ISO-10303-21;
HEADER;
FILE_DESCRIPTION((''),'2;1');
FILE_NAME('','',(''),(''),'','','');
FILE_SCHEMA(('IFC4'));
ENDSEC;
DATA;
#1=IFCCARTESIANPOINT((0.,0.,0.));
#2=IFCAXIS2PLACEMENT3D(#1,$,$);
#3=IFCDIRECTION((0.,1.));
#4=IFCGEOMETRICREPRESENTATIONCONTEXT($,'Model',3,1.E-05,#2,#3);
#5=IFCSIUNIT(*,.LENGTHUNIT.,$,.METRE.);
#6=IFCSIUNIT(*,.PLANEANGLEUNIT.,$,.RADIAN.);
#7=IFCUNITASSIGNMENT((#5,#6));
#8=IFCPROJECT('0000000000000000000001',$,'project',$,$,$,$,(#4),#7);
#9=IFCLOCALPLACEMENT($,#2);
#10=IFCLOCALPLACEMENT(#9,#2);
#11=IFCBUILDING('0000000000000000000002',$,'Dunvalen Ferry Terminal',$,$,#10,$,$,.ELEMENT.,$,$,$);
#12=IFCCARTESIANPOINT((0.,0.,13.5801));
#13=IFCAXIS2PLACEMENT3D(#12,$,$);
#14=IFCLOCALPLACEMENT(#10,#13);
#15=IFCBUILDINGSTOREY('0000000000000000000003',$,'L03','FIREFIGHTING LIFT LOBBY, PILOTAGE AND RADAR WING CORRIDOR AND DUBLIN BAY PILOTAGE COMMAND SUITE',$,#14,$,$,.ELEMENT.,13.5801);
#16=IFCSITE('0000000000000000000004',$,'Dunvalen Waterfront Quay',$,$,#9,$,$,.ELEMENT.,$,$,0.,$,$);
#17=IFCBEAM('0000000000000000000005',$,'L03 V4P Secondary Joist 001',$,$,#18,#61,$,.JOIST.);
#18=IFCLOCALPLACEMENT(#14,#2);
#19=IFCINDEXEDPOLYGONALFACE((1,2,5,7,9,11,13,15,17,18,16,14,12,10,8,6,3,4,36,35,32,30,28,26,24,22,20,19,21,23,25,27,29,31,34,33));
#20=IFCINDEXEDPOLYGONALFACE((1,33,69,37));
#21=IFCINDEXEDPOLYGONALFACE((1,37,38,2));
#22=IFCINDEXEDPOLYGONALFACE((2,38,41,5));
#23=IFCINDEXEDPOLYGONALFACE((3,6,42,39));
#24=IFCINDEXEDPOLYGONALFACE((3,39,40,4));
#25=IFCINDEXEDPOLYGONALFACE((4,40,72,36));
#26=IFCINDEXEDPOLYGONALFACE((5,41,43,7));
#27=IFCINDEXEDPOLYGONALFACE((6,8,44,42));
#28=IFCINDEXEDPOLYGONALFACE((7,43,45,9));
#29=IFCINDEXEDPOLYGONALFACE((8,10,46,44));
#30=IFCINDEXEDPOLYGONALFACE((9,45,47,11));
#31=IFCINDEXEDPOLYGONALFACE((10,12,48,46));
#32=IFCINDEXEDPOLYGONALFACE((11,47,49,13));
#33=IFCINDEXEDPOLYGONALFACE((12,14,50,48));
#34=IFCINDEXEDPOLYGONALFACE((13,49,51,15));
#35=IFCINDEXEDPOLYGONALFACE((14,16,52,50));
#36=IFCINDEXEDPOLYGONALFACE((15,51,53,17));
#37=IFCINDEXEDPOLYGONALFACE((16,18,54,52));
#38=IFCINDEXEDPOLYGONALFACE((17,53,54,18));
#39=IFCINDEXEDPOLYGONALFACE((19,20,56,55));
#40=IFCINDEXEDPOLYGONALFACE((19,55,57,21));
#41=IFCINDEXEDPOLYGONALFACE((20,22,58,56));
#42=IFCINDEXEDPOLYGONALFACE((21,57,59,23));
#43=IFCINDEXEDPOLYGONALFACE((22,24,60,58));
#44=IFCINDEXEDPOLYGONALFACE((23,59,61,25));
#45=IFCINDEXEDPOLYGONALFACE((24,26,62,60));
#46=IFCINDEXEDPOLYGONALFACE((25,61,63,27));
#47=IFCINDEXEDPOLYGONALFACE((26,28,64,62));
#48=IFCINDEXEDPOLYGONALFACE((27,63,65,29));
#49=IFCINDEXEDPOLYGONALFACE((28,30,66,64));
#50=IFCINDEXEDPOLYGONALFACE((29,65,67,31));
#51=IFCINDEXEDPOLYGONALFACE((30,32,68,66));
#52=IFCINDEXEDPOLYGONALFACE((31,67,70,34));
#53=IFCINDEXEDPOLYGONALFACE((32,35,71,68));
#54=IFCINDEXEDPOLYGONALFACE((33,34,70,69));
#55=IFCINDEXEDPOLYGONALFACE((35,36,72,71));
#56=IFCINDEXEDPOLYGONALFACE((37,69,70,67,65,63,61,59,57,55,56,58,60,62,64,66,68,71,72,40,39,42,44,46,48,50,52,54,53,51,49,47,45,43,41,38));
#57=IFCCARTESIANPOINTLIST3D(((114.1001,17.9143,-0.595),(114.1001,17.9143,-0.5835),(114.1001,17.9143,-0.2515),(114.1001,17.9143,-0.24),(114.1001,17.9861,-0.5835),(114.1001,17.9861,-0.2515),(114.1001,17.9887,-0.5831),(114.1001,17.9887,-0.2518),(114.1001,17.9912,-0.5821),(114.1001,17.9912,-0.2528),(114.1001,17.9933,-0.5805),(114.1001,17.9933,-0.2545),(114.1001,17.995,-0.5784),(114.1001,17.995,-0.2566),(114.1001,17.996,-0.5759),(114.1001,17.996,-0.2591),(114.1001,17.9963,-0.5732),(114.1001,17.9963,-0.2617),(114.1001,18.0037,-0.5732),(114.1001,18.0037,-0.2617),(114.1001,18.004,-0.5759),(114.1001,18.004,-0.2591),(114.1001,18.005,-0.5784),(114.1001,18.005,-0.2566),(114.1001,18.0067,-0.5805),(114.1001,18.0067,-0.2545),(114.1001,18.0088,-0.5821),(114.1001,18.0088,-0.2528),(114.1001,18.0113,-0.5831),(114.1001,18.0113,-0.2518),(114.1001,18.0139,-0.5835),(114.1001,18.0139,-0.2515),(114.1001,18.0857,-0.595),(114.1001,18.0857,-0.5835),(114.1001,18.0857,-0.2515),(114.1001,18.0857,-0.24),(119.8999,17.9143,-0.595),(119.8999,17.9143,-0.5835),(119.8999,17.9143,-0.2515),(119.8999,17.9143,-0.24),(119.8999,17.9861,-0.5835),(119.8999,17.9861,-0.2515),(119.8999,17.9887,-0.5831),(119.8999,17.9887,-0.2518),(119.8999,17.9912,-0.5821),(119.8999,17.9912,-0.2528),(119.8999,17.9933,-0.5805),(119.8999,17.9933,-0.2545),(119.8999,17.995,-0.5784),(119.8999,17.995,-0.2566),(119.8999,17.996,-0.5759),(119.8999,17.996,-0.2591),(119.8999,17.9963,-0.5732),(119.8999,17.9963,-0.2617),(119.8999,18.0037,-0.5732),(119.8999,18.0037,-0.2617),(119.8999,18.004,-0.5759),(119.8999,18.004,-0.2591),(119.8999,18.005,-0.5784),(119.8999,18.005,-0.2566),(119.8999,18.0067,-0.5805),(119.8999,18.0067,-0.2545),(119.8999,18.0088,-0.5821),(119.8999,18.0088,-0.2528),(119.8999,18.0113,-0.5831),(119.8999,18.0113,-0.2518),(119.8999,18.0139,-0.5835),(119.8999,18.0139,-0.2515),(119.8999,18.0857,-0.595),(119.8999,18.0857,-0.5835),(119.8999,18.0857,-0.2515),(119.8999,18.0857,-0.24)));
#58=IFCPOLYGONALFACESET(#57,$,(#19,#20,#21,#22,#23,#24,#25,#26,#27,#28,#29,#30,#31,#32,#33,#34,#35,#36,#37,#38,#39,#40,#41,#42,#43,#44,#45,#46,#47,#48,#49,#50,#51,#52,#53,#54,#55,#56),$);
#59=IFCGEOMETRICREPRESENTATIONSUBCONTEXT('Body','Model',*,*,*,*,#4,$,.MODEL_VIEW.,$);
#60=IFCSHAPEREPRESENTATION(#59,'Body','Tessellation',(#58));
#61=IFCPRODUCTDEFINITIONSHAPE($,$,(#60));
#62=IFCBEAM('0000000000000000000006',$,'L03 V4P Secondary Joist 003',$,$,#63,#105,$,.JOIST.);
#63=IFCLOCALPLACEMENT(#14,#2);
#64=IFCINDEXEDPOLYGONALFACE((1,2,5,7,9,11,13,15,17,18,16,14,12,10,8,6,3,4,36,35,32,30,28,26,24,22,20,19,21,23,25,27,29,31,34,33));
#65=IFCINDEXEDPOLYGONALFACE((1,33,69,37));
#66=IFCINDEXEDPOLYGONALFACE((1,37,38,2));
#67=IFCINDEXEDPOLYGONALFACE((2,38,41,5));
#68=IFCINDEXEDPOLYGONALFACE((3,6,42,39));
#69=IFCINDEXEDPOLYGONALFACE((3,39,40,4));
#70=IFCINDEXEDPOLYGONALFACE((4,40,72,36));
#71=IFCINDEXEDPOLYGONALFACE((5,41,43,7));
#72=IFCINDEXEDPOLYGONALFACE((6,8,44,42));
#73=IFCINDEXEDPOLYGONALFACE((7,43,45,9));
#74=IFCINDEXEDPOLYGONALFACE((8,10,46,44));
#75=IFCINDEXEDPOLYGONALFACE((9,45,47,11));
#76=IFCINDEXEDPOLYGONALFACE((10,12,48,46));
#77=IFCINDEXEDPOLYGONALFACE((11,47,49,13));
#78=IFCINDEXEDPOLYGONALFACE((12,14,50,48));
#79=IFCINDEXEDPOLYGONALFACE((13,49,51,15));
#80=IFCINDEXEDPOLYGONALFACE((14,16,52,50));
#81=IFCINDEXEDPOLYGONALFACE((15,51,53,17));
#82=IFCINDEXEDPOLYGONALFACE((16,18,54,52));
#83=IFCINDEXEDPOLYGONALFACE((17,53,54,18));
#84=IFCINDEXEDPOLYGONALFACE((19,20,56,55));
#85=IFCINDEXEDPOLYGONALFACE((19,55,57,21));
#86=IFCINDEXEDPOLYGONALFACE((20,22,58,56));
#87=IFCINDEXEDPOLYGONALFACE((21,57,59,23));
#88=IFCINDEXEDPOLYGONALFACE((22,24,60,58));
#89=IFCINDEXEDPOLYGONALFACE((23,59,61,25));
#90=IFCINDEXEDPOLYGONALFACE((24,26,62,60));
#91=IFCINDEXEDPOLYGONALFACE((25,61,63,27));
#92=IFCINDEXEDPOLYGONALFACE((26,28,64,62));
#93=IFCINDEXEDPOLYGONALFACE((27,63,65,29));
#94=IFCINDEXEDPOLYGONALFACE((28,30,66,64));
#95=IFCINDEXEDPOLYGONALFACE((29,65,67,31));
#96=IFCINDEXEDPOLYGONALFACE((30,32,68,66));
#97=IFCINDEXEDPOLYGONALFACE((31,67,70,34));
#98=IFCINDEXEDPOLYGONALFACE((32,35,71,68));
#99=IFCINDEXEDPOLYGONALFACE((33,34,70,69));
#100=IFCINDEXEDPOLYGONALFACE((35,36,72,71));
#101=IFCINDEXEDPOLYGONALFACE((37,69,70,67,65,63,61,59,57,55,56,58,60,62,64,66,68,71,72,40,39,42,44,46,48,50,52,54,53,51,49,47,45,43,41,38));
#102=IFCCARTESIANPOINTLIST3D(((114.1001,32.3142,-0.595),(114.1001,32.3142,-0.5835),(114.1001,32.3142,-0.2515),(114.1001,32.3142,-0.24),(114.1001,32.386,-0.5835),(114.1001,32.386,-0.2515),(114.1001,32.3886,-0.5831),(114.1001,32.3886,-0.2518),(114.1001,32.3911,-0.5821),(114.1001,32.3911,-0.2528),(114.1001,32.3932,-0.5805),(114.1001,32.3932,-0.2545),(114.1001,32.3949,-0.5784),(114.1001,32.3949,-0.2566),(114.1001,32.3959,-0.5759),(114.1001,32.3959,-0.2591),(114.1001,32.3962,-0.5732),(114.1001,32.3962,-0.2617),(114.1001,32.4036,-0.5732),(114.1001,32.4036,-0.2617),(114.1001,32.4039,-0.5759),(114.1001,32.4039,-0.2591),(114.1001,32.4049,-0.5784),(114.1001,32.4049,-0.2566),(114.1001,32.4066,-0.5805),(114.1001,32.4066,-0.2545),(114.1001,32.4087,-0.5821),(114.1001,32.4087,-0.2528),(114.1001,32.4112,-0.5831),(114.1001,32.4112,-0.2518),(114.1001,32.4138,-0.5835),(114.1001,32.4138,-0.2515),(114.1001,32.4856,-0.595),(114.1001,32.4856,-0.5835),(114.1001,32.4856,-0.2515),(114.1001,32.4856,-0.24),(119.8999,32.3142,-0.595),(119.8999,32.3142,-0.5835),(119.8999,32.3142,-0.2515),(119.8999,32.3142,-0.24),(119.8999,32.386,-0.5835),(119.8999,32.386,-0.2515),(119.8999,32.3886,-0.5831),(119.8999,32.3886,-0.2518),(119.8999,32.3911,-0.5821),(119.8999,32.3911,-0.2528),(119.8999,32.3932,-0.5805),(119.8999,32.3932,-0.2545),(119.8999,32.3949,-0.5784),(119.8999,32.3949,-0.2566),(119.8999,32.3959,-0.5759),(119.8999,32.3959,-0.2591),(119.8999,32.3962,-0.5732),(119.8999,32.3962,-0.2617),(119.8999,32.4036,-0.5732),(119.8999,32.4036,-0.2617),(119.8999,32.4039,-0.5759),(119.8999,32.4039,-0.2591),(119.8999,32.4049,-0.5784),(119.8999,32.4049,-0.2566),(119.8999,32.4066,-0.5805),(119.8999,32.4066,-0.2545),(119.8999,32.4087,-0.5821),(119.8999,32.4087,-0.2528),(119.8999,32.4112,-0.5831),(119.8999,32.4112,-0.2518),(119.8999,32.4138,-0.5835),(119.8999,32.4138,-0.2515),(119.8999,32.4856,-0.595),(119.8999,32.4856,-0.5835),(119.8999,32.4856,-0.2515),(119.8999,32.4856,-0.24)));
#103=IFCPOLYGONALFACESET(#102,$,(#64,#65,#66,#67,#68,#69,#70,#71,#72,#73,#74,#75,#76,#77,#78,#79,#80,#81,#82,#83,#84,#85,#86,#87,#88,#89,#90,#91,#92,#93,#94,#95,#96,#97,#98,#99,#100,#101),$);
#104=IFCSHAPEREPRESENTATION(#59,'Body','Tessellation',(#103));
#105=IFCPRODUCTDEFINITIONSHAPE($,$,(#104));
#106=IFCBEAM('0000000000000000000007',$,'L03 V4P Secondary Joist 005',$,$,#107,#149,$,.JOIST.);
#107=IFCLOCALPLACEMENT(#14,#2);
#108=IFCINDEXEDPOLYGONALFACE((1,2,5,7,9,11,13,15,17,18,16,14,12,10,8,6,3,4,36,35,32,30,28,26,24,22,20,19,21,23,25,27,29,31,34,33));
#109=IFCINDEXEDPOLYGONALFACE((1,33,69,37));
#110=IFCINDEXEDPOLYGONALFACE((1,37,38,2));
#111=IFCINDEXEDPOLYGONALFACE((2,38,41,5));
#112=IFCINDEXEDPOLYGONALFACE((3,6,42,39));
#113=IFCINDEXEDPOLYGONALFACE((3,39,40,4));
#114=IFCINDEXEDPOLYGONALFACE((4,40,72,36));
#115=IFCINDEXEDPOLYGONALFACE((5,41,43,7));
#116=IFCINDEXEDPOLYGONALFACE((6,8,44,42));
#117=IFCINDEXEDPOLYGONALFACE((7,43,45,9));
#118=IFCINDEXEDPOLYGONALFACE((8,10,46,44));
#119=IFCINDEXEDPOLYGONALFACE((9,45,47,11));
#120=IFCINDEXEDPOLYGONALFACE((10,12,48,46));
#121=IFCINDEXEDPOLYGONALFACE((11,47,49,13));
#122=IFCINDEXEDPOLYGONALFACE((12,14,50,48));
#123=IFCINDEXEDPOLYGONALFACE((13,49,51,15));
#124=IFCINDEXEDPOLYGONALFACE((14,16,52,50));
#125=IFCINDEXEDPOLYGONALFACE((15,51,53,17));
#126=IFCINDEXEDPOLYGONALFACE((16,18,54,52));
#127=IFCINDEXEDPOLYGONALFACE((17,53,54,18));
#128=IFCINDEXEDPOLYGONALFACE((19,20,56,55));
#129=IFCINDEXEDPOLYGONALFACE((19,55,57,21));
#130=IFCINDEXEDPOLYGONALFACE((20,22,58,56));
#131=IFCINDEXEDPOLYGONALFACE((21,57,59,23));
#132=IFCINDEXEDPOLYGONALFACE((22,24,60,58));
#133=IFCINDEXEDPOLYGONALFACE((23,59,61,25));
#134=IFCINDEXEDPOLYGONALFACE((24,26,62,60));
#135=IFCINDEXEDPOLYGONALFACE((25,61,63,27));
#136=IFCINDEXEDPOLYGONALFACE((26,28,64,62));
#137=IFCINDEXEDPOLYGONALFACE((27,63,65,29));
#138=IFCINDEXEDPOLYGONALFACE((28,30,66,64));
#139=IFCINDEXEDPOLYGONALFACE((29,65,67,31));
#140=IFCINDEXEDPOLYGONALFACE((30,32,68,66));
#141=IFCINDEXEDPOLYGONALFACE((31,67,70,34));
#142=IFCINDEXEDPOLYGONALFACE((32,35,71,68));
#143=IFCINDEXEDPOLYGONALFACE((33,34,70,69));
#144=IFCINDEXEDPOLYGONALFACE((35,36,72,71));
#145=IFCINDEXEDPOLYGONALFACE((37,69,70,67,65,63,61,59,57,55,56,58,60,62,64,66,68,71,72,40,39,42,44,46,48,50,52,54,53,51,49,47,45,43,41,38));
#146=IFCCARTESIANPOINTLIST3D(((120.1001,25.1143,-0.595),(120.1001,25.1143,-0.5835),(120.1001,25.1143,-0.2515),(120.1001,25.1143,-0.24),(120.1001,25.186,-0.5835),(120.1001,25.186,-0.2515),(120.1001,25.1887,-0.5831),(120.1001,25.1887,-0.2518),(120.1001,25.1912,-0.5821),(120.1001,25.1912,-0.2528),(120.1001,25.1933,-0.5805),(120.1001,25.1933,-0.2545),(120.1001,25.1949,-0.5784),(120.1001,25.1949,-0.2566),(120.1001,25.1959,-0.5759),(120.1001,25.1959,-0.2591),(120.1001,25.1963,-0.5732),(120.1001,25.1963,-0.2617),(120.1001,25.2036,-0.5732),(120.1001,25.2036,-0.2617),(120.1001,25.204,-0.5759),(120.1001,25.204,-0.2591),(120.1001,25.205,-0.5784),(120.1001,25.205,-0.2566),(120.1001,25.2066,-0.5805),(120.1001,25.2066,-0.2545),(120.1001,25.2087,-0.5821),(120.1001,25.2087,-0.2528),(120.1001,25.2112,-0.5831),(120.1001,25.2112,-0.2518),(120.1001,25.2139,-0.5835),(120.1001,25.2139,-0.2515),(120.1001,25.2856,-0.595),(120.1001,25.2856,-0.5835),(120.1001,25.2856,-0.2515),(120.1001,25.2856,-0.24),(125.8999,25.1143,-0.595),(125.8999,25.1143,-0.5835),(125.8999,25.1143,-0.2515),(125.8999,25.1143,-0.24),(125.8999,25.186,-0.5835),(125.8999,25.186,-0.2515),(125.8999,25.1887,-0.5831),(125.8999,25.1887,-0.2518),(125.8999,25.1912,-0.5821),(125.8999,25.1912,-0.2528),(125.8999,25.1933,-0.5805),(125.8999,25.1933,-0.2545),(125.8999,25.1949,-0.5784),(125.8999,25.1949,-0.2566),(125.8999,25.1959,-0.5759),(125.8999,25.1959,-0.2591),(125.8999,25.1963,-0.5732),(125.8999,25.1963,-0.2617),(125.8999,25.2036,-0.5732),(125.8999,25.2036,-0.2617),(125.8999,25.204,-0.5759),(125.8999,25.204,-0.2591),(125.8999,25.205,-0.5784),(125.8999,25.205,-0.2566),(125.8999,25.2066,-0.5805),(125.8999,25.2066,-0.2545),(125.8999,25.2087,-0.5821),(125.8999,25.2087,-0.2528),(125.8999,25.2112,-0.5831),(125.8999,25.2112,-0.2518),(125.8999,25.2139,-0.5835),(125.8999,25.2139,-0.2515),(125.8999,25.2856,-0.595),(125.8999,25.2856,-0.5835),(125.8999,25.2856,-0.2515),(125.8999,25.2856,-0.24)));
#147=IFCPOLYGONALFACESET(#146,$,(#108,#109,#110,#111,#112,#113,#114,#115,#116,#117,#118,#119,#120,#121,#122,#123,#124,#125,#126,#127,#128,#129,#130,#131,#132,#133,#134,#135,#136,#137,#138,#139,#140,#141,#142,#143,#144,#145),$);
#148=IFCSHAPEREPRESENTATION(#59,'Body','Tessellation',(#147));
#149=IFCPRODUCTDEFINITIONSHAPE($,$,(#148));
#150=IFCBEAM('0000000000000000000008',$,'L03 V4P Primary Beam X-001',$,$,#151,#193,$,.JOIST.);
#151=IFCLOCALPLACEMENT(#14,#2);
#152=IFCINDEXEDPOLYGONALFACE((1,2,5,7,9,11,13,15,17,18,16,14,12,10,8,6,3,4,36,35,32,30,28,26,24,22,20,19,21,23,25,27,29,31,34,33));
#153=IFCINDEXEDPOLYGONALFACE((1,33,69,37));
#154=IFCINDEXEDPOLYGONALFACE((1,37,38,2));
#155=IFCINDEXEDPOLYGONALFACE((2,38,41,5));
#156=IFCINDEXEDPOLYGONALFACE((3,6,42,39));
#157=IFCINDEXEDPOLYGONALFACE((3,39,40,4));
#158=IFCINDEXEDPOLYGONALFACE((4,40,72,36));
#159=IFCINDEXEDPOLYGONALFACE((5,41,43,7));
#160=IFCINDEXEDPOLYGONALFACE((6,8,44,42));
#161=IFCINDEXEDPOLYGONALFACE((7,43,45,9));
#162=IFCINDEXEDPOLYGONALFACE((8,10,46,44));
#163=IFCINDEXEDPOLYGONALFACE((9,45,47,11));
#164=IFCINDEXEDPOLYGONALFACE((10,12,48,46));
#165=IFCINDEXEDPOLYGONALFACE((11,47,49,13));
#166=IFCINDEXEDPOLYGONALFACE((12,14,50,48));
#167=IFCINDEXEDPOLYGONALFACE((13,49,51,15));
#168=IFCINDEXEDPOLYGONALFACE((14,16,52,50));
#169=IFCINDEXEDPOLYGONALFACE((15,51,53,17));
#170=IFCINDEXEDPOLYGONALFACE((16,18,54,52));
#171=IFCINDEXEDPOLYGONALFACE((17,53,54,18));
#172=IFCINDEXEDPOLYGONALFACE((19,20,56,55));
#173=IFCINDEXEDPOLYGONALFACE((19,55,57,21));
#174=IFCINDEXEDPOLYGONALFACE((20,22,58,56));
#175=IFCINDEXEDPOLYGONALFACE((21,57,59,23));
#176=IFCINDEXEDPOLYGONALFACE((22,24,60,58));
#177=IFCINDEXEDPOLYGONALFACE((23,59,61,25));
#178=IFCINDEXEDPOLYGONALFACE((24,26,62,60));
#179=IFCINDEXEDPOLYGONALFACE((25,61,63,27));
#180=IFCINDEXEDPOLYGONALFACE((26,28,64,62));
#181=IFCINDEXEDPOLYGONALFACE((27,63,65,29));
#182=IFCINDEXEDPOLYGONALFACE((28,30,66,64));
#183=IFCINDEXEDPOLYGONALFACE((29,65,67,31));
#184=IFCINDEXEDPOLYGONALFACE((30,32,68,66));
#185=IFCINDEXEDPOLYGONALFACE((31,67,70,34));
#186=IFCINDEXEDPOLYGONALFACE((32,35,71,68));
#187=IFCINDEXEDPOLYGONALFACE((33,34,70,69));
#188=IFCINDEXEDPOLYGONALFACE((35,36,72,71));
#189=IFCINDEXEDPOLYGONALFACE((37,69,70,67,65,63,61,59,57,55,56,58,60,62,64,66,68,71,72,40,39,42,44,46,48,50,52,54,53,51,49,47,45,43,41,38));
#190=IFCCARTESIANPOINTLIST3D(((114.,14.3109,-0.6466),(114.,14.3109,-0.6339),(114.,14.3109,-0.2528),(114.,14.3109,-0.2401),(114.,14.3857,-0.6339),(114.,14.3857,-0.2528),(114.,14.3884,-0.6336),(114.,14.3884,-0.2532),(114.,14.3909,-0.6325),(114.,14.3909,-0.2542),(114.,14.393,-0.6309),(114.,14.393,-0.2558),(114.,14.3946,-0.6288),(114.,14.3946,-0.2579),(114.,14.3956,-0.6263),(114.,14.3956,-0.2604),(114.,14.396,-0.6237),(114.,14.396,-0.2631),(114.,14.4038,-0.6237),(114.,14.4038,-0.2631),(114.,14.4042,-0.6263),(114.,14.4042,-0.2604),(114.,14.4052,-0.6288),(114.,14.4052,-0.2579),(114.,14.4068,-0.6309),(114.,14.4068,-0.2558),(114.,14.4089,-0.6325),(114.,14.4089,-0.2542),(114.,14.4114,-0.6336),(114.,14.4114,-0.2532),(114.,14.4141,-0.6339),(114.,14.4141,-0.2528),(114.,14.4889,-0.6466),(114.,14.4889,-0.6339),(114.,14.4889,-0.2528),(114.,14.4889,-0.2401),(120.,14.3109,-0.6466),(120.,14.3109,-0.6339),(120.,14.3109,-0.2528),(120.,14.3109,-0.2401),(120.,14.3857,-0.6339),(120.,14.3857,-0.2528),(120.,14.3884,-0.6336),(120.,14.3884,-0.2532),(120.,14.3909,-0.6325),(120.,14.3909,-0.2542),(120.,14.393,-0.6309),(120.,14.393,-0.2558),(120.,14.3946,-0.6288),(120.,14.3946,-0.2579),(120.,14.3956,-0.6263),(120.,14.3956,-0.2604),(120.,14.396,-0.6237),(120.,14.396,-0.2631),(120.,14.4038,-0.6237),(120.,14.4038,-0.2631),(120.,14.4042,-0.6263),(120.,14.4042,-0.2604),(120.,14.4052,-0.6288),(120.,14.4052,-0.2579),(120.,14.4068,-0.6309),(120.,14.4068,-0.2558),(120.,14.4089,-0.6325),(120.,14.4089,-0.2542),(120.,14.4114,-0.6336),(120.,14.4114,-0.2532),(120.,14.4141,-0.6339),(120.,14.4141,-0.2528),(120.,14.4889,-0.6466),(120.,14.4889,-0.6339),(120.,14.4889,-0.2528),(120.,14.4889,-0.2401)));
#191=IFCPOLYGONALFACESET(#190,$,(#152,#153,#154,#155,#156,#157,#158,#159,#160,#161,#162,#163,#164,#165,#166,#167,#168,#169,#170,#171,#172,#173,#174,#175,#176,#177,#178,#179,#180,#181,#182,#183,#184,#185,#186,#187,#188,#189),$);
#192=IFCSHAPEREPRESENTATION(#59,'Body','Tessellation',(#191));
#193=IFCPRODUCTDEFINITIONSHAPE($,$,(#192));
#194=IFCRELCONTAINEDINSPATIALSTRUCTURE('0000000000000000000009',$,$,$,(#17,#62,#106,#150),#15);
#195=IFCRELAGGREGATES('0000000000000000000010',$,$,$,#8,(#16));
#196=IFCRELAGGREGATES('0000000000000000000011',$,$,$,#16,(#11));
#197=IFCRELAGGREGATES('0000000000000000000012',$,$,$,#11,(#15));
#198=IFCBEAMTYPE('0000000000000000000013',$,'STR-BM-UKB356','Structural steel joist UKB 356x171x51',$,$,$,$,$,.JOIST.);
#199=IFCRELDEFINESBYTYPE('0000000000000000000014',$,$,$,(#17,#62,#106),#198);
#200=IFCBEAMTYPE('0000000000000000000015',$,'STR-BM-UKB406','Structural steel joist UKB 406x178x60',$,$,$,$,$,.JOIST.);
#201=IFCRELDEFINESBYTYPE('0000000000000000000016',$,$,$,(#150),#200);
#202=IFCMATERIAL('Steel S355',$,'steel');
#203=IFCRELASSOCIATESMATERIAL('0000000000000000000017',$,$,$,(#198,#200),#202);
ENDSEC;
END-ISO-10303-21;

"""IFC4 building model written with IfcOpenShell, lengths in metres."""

from ifc_helpers import new_model, si_unit, direction, frame, origin, origin_2d, place, context, subcontext, project, spatial, i_section, extrude, material, material_profile, profile_set, type_object, element, save


model = new_model("IFC4")

# Units and contexts
model_context = context("Model", 3, precision=1e-05, world=origin(), true_north=direction((0.0, 1.0)))
body_context = subcontext(model_context, "Body", "Model", "MODEL_VIEW")
ifc_project = project(units=[si_unit("LENGTHUNIT", "METRE"), si_unit("PLANEANGLEUNIT", "RADIAN")], contexts=[model_context])

# Site, building, storey
site_placement = place(None, origin())
site = spatial("IfcSite", under=ifc_project, at=site_placement, Name="Dunvalen Waterfront Quay", CompositionType="ELEMENT", RefElevation=0.0)
building_placement = place(site_placement, origin())
building = spatial("IfcBuilding", under=site, at=building_placement, Name="Dunvalen Ferry Terminal", CompositionType="ELEMENT")
storey_placement = place(building_placement, frame((0.0, 0.0, 13.5801)))
storey = spatial("IfcBuildingStorey", under=building, at=storey_placement, Name="L03", Description="FIREFIGHTING LIFT LOBBY, PILOTAGE AND RADAR WING CORRIDOR AND DUBLIN BAY PILOTAGE COMMAND SUITE", CompositionType="ELEMENT", Elevation=13.5801)

# Beams
ifc_material_1 = material(Name="Steel S355", Category="steel")
ifc_material_profile_1 = material_profile(ifc_material_1, i_section(OverallWidth=0.1714, OverallDepth=0.355, WebThickness=0.0073, FlangeThickness=0.0115, FilletRadius=0.0103, at=origin_2d()), Name="Steel S355")
ifc_profile_set_1 = profile_set([ifc_material_profile_1], Name="Steel S355")
beam_type_1 = type_object("IfcBeamType", Name="STR-BM-UKB356", Description="Structural steel joist UKB 356x171x51", PredefinedType="JOIST", material=ifc_profile_set_1)
for number, where, z_axis, x_axis, name in (
    (1, (114.1001, 18.0, -0.4175), (1.0, 0.0, 0.0), (0.0, 1.0, 0.0), "L03 V4P Secondary Joist 001"),
    (2, (114.1001, 32.3999, -0.4175), (1.0, 0.0, 0.0), (0.0, 1.0, 0.0), "L03 V4P Secondary Joist 003"),
    (3, (120.1001, 25.2, -0.4175), (1.0, 0.0, 0.0), (0.0, 1.0, 0.0), "L03 V4P Secondary Joist 005"),
):
    element("IfcBeam", number, at=place(storey_placement, frame(where, z_axis=z_axis, x_axis=x_axis)), inside=storey, type_object=beam_type_1, Name=name, PredefinedType="JOIST", context=body_context, shape_type="SweptSolid", body=[
        extrude(i_section(OverallWidth=0.1714, OverallDepth=0.355, WebThickness=0.0073, FlangeThickness=0.0115, FilletRadius=0.0103, at=origin_2d()), origin(), (0.0, 0.0, 1.0), 5.7998),
    ])
ifc_material_profile_2 = material_profile(ifc_material_1, i_section(OverallWidth=0.178, OverallDepth=0.4065, WebThickness=0.0078, FlangeThickness=0.0127, FilletRadius=0.0103, at=origin_2d()), Name="Steel S355")
ifc_profile_set_2 = profile_set([ifc_material_profile_2], Name="Steel S355")
beam_type_2 = type_object("IfcBeamType", Name="STR-BM-UKB406", Description="Structural steel joist UKB 406x178x60", PredefinedType="JOIST", material=ifc_profile_set_2)
for number, where, z_axis, x_axis, name in (
    (4, (114.0, 14.3999, -0.4434), (1.0, 0.0, 0.0), (0.0, 1.0, 0.0), "L03 V4P Primary Beam X-001"),
):
    element("IfcBeam", number, at=place(storey_placement, frame(where, z_axis=z_axis, x_axis=x_axis)), inside=storey, type_object=beam_type_2, Name=name, PredefinedType="JOIST", context=body_context, shape_type="SweptSolid", body=[
        extrude(i_section(OverallWidth=0.178, OverallDepth=0.4065, WebThickness=0.0078, FlangeThickness=0.0127, FilletRadius=0.0103, at=origin_2d()), origin(), (0.0, 0.0, 1.0), 6.0),
    ])

save(model, "model.ifc")
